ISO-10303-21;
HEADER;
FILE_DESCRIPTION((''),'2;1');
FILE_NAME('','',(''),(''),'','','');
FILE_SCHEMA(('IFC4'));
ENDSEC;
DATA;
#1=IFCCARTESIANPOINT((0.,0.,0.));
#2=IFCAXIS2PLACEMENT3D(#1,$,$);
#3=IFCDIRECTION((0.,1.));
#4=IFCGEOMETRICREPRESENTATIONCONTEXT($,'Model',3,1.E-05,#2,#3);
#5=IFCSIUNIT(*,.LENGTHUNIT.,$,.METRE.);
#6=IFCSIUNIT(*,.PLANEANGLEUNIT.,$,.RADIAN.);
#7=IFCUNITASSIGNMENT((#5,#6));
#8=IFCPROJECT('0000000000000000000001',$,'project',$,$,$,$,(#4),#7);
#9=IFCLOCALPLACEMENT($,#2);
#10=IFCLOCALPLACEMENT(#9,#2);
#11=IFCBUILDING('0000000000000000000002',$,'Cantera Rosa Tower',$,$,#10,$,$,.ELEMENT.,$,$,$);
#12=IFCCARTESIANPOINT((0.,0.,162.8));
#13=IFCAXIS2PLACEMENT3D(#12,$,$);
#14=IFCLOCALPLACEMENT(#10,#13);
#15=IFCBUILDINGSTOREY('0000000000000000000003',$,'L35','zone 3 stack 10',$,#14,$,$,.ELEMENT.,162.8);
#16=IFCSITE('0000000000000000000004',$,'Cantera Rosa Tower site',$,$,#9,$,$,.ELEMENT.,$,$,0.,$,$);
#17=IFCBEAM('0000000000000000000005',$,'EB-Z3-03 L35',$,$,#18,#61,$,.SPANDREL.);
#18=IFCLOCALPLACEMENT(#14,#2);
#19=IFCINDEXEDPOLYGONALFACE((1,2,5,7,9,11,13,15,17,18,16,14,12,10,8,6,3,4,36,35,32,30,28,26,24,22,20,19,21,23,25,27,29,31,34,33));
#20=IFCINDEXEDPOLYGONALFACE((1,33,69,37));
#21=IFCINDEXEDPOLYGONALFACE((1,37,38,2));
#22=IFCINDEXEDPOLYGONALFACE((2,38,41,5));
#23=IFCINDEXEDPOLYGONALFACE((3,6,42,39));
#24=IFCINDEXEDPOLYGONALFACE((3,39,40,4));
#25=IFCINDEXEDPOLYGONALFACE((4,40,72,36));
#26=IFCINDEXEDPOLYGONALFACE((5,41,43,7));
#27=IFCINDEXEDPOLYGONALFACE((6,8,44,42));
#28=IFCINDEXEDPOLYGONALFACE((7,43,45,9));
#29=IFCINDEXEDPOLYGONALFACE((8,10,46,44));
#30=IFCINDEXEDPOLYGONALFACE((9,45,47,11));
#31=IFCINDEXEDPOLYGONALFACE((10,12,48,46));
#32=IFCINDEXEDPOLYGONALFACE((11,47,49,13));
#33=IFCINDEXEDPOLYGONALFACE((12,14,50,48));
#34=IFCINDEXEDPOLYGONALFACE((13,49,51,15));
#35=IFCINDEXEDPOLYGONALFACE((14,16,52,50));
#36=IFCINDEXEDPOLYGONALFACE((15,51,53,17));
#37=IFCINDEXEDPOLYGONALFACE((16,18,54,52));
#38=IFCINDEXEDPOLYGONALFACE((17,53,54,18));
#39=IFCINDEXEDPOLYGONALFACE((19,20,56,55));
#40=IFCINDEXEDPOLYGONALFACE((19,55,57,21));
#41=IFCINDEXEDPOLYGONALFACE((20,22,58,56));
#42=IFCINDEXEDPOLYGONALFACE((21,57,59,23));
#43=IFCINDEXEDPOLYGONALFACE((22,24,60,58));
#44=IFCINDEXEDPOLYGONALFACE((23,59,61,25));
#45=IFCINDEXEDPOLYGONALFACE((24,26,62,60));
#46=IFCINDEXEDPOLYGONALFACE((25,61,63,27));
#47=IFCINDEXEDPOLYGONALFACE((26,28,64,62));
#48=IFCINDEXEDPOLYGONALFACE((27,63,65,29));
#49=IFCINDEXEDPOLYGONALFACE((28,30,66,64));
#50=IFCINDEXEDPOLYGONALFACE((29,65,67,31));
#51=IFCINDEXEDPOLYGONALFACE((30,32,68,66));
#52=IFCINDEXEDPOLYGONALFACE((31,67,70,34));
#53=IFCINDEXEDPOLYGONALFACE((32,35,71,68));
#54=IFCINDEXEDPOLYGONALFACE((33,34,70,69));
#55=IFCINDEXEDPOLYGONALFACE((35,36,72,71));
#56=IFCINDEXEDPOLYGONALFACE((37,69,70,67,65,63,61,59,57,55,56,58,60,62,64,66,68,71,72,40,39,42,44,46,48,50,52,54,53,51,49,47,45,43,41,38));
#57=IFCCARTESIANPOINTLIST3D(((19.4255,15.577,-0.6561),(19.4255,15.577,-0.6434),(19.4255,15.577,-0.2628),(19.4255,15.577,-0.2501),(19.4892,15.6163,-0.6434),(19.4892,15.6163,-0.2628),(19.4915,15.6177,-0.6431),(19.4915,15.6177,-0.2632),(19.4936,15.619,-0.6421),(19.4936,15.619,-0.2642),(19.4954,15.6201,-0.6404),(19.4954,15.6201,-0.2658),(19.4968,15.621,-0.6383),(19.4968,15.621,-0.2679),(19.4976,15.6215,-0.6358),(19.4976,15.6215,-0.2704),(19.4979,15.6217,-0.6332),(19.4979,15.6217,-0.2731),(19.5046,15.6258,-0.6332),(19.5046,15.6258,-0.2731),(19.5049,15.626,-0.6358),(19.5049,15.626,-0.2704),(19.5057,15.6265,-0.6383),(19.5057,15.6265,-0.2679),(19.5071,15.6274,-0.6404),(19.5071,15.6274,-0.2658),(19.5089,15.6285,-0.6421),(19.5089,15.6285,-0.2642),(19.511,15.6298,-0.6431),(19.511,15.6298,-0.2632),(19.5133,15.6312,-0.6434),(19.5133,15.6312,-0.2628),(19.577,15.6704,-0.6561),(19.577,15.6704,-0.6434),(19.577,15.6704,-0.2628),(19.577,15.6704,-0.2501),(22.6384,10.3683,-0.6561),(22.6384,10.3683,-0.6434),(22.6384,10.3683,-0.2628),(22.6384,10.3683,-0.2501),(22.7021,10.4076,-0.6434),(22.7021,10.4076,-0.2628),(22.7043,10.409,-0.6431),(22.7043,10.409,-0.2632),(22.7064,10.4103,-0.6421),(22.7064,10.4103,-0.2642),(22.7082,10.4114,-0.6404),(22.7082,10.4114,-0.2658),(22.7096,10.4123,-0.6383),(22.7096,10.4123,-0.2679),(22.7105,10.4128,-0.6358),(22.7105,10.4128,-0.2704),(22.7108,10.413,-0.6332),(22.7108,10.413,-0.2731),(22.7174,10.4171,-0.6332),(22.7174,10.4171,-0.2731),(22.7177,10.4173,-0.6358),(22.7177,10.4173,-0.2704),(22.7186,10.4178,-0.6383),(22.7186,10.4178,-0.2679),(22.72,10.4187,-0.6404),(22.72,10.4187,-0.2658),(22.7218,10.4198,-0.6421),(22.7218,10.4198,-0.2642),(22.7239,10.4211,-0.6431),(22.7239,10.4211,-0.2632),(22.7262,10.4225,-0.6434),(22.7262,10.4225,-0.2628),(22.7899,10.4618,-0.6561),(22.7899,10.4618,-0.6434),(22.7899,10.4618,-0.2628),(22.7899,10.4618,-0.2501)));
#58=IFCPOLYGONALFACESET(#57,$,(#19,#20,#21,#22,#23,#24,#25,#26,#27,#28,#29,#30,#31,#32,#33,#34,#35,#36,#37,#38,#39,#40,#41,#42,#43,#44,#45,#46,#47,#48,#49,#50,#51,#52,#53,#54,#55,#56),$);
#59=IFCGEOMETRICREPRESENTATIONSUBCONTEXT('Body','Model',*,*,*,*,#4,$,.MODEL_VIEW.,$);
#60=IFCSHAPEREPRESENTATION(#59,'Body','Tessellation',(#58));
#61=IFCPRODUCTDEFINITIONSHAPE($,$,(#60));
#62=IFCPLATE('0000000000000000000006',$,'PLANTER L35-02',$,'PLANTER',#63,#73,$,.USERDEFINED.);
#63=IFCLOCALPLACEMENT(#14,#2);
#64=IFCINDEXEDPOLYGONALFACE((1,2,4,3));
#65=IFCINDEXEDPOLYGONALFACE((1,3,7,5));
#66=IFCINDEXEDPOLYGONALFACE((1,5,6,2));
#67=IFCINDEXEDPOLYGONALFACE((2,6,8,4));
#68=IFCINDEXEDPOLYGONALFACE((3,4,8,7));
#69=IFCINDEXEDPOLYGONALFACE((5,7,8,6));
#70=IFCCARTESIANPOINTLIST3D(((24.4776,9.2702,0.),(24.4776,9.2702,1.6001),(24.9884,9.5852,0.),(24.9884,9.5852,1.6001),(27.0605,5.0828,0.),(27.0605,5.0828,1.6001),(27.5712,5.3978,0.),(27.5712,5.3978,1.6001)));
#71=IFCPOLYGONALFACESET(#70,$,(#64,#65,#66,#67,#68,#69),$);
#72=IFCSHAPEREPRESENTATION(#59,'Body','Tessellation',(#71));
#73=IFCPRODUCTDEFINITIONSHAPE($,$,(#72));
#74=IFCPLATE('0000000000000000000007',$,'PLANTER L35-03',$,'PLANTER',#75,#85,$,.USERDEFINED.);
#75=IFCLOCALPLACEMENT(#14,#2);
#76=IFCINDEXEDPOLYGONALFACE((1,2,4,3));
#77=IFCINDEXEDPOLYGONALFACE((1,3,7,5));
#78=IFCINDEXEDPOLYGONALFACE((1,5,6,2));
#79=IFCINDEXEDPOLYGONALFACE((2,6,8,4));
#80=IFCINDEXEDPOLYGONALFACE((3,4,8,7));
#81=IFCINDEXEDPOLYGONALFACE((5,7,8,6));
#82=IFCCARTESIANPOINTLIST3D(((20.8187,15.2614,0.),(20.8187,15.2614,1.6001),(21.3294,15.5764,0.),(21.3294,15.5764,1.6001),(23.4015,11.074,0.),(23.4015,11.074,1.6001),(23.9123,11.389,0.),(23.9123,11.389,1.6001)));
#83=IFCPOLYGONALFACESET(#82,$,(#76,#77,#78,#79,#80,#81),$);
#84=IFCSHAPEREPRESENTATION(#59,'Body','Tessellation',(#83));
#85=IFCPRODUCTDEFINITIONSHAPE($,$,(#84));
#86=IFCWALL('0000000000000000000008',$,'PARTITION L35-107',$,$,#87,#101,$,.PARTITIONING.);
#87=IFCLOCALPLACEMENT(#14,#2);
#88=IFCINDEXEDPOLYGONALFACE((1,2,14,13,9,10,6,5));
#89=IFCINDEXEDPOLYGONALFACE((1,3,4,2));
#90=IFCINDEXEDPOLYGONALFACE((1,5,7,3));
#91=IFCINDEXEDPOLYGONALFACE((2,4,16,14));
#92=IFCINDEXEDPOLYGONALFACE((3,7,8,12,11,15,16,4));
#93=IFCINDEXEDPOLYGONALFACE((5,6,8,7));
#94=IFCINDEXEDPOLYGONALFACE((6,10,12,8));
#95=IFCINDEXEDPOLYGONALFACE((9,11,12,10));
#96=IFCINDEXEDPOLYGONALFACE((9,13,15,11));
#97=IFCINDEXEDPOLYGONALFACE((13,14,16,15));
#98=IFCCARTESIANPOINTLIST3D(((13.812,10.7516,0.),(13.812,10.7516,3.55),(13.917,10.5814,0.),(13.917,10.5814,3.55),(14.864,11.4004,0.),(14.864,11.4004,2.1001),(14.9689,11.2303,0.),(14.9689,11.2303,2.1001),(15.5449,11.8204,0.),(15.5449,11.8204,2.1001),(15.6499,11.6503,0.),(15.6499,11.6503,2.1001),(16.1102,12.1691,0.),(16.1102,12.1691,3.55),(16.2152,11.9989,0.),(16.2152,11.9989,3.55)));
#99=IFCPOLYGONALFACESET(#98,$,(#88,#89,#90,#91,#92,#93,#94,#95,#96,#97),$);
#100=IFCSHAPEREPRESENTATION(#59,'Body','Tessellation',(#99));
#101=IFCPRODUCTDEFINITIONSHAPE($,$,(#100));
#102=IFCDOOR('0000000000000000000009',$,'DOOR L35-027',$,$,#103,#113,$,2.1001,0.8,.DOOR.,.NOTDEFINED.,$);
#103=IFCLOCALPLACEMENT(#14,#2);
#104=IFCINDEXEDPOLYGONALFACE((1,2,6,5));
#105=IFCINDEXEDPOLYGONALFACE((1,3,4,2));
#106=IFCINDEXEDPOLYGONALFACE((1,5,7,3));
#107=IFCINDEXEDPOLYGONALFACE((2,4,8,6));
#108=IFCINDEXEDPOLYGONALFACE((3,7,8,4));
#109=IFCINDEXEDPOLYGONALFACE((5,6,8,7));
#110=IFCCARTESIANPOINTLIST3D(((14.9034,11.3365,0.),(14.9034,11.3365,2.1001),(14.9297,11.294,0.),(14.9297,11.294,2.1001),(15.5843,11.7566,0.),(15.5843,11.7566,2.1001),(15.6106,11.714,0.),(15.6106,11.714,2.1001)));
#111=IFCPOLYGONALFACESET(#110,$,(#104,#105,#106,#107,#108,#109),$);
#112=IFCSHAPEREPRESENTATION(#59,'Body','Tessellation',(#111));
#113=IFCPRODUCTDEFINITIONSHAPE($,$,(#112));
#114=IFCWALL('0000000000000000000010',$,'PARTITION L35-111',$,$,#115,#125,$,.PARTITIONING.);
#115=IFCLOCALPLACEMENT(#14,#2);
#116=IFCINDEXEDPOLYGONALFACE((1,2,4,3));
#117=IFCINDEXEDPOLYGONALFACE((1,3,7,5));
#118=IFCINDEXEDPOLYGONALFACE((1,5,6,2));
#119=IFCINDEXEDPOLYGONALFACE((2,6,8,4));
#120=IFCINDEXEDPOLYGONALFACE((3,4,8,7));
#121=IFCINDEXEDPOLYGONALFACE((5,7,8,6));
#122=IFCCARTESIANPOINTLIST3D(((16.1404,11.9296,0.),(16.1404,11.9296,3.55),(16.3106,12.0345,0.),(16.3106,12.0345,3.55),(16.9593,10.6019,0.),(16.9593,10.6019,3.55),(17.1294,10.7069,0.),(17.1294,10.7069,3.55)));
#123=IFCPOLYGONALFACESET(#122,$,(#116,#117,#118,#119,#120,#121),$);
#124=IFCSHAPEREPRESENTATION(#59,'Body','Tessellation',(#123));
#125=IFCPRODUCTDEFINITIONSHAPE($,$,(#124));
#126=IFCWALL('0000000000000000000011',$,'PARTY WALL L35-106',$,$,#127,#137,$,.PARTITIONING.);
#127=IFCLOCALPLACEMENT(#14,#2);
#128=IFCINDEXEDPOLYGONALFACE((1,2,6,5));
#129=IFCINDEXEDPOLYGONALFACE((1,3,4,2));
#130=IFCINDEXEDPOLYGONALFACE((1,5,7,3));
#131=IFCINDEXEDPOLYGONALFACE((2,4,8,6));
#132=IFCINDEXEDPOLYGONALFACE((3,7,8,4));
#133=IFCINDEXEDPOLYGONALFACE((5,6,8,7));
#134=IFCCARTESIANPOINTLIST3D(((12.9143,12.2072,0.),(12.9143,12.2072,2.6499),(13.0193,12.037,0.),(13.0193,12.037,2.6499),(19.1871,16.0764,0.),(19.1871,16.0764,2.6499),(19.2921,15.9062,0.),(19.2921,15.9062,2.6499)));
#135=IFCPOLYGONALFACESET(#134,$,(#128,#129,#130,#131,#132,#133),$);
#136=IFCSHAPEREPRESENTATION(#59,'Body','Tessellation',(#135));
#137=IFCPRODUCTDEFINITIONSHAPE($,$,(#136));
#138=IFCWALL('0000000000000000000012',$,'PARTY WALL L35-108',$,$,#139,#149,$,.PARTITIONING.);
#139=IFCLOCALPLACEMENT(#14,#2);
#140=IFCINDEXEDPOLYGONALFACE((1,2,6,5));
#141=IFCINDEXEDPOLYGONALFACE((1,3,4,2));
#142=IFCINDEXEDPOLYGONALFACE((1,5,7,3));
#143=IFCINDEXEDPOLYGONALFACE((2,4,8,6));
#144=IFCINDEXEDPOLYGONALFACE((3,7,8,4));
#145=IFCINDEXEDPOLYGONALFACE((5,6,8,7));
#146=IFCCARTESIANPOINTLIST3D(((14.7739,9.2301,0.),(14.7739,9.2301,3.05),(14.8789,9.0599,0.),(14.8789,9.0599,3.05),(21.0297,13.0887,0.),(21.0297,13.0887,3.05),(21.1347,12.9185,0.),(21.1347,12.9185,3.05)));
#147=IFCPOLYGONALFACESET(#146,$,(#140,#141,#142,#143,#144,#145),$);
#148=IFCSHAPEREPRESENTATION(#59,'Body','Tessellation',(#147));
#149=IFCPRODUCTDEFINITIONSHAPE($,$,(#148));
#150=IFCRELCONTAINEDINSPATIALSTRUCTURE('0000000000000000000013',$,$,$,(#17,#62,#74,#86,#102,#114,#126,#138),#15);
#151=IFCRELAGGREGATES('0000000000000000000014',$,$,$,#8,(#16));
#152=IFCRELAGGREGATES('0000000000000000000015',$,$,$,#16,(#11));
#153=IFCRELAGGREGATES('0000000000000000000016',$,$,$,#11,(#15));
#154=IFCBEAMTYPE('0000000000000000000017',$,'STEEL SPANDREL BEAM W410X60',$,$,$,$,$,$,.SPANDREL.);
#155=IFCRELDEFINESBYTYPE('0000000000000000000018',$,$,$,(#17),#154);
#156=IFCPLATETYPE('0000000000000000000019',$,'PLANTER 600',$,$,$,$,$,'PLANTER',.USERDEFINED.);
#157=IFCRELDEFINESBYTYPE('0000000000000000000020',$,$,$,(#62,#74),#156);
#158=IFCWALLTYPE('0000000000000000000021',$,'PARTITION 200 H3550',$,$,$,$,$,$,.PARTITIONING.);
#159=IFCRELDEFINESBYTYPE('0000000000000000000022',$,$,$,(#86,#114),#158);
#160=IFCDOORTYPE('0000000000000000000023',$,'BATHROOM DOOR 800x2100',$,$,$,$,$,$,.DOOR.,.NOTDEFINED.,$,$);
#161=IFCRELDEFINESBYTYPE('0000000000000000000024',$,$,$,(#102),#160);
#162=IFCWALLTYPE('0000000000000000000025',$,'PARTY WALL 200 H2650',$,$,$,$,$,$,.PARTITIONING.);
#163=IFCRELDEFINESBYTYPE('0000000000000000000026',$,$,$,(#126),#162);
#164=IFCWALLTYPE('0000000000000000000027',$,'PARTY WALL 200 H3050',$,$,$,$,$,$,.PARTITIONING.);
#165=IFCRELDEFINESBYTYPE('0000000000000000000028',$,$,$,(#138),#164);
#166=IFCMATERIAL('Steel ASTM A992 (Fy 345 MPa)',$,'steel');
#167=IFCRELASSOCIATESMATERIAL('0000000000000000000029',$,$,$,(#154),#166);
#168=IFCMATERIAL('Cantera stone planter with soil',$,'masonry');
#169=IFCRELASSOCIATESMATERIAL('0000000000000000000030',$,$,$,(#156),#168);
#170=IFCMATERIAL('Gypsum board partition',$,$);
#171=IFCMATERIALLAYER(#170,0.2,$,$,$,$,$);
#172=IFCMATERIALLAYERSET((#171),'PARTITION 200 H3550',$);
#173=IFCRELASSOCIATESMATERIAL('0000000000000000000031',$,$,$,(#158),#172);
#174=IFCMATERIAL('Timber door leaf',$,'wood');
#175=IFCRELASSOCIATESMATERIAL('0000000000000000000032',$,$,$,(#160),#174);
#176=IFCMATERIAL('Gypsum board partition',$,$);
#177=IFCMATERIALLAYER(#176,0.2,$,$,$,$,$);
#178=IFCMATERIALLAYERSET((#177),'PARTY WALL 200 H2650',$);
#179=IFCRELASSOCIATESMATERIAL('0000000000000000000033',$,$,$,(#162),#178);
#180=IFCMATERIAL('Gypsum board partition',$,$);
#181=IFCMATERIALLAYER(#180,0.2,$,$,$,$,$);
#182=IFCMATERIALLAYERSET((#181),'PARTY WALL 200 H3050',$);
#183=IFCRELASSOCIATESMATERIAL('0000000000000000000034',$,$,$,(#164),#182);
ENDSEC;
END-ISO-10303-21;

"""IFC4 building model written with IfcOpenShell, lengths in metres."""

from ifc_helpers import new_model, si_unit, direction, frame, frame_2d, origin, origin_2d, place, context, subcontext, project, spatial, rectangle, i_section, extrude, material, layer, layer_set, material_profile, profile_set, type_object, element, fill, save


model = new_model("IFC4")

# Units and contexts
model_context = context("Model", 3, precision=1e-05, world=origin(), true_north=direction((0.0, 1.0)))
body_context = subcontext(model_context, "Body", "Model", "MODEL_VIEW")
ifc_project = project(units=[si_unit("LENGTHUNIT", "METRE"), si_unit("PLANEANGLEUNIT", "RADIAN")], contexts=[model_context])

# Site, building, storey
site_placement = place(None, origin())
site = spatial("IfcSite", under=ifc_project, at=site_placement, Name="Cantera Rosa Tower site", CompositionType="ELEMENT", RefElevation=0.0)
building_placement = place(site_placement, origin())
building = spatial("IfcBuilding", under=site, at=building_placement, Name="Cantera Rosa Tower", CompositionType="ELEMENT")
storey_placement = place(building_placement, frame((0.0, 0.0, 162.8)))
storey = spatial("IfcBuildingStorey", under=building, at=storey_placement, Name="L35", Description="zone 3 stack 10", CompositionType="ELEMENT", Elevation=162.8)

# Beam
ifc_material_1 = material(Name="Steel ASTM A992 (Fy 345 MPa)", Category="steel")
ifc_material_profile_1 = material_profile(ifc_material_1, i_section(OverallWidth=0.178, OverallDepth=0.406, WebThickness=0.0078, FlangeThickness=0.0127, FilletRadius=0.0103, at=origin_2d()), Name="W410X60")
ifc_profile_set_1 = profile_set([ifc_material_profile_1], Name="Steel ASTM A992 (Fy 345 MPa)")
beam_type_1 = type_object("IfcBeamType", Name="STEEL SPANDREL BEAM W410X60", PredefinedType="SPANDREL", material=ifc_profile_set_1)
beam_1_placement = place(storey_placement, frame((22.7141, 10.415, -0.4531), z_axis=(-0.524987, 0.85111, 0.0), x_axis=(-0.85111, -0.524987, 0.0)))
element("IfcBeam", 1, at=beam_1_placement, inside=storey, type_object=beam_type_1, Name="EB-Z3-03 L35", PredefinedType="SPANDREL", context=body_context, shape_type="SweptSolid", body=[
    extrude(i_section(OverallWidth=0.178, OverallDepth=0.406, WebThickness=0.0078, FlangeThickness=0.0127, FilletRadius=0.0103, at=origin_2d()), origin(), (0.0, 0.0, 1.0), 6.1199),
])

# Plates
ifc_material_2 = material(Name="Cantera stone planter with soil", Category="masonry")
plate_type = type_object("IfcPlateType", Name="PLANTER 600", ElementType="PLANTER", PredefinedType="USERDEFINED", material=ifc_material_2)
for number, where, z_axis, x_axis, name in (
    (2, (26.0244, 7.334, 0.0), (0.0, 0.0, 1.0), (-0.524977, 0.851117, 0.0), "PLANTER L35-02"),
    (3, (22.3655, 13.3252, 0.0), (0.0, 0.0, 1.0), (-0.524977, 0.851117, 0.0), "PLANTER L35-03"),
):
    element("IfcPlate", number, at=place(storey_placement, frame(where, z_axis=z_axis, x_axis=x_axis)), inside=storey, type_object=plate_type, Name=name, ObjectType="PLANTER", PredefinedType="USERDEFINED", context=body_context, shape_type="SweptSolid", body=[
        extrude(rectangle(XDim=4.9199, YDim=0.6001, at=origin_2d()), origin(), (0.0, 0.0, 1.0), 1.6001),
    ])

# Wall, opening, door
ifc_material_3 = material(Name="Gypsum board partition")
ifc_layer_1 = layer(ifc_material_3, 0.2)
ifc_layer_set_1 = layer_set([ifc_layer_1], Name="PARTITION 200 H3550")
wall_type_1 = type_object("IfcWallType", Name="PARTITION 200 H3550", PredefinedType="PARTITIONING", material=ifc_layer_set_1)
wall_1_placement = place(storey_placement, frame((13.8645, 10.6665, 0.0), z_axis=(0.0, 0.0, 1.0), x_axis=(0.851118, 0.524975, 0.0)))
wall_1 = element("IfcWall", 4, at=wall_1_placement, inside=storey, type_object=wall_type_1, Name="PARTITION L35-107", PredefinedType="PARTITIONING", context=body_context, shape_type="SweptSolid", body=[
    extrude(rectangle(XDim=2.7002, YDim=0.2, at=frame_2d((1.3501, 0.0))), origin(), (0.0, 0.0, 1.0), 3.55),
])
opening_1_placement = place(wall_1_placement, frame((1.2361, 0.0, 0.0)))
opening_1 = element("IfcOpeningElement", 5, at=opening_1_placement, cuts=wall_1, PredefinedType="OPENING", context=body_context, shape_type="SweptSolid", body=[
    extrude(rectangle(XDim=0.8, YDim=2.1001, at=frame_2d((0.3999, 1.05))), frame((0.0, 0.1099, 0.0), z_axis=(0.0, -1.0, 0.0), x_axis=(1.0, 0.0, 0.0)), (0.0, 0.0, 1.0), 0.22),
])
ifc_material_4 = material(Name="Timber door leaf", Category="wood")
door_type_1 = type_object("IfcDoorType", Name="BATHROOM DOOR 800x2100", OperationType="NOTDEFINED", PredefinedType="DOOR", material=ifc_material_4)
door_1_placement = place(opening_1_placement, origin())
door_1 = element("IfcDoor", 6, at=door_1_placement, inside=storey, type_object=door_type_1, Name="DOOR L35-027", OperationType="NOTDEFINED", OverallHeight=2.1001, OverallWidth=0.8, PredefinedType="DOOR", context=body_context, shape_type="SweptSolid", body=[
    extrude(rectangle(XDim=0.8, YDim=2.1001, at=frame_2d((0.3999, 1.05))), frame((0.0, 0.0249, 0.0), z_axis=(0.0, -1.0, 0.0), x_axis=(1.0, 0.0, 0.0)), (0.0, 0.0, 1.0), 0.05),
])
fill(opening_1, door_1)

# Walls
wall_2_placement = place(storey_placement, frame((16.2256, 11.9819, 0.0), z_axis=(0.0, 0.0, 1.0), x_axis=(0.524953, -0.851131, 0.0)))
element("IfcWall", 7, at=wall_2_placement, inside=storey, type_object=wall_type_1, Name="PARTITION L35-111", PredefinedType="PARTITIONING", context=body_context, shape_type="SweptSolid", body=[
    extrude(rectangle(XDim=1.5598, YDim=0.2, at=frame_2d((0.7798, 0.0))), origin(), (0.0, 0.0, 1.0), 3.55),
])
ifc_material_5 = material(Name="Gypsum board partition")
ifc_layer_2 = layer(ifc_material_5, 0.2)
ifc_layer_set_2 = layer_set([ifc_layer_2], Name="PARTY WALL 200 H2650")
wall_type_2 = type_object("IfcWallType", Name="PARTY WALL 200 H2650", PredefinedType="PARTITIONING", material=ifc_layer_set_2)
wall_3_placement = place(storey_placement, frame((12.9668, 12.1221, 0.0), z_axis=(0.0, 0.0, 1.0), x_axis=(0.851112, 0.524984, 0.0)))
element("IfcWall", 8, at=wall_3_placement, inside=storey, type_object=wall_type_2, Name="PARTY WALL L35-106", PredefinedType="PARTITIONING", context=body_context, shape_type="SweptSolid", body=[
    extrude(rectangle(XDim=7.3701, YDim=0.2, at=frame_2d((3.6851, 0.0))), origin(), (0.0, 0.0, 1.0), 2.6499),
])
ifc_material_6 = material(Name="Gypsum board partition")
ifc_layer_3 = layer(ifc_material_6, 0.2)
ifc_layer_set_3 = layer_set([ifc_layer_3], Name="PARTY WALL 200 H3050")
wall_type_3 = type_object("IfcWallType", Name="PARTY WALL 200 H3050", PredefinedType="PARTITIONING", material=ifc_layer_set_3)
wall_4_placement = place(storey_placement, frame((14.8264, 9.145, 0.0), z_axis=(0.0, 0.0, 1.0), x_axis=(0.851118, 0.524974, 0.0)))
element("IfcWall", 9, at=wall_4_placement, inside=storey, type_object=wall_type_3, Name="PARTY WALL L35-108", PredefinedType="PARTITIONING", context=body_context, shape_type="SweptSolid", body=[
    extrude(rectangle(XDim=7.3501, YDim=0.2, at=frame_2d((3.675, 0.0))), origin(), (0.0, 0.0, 1.0), 3.05),
])

save(model, "model.ifc")
